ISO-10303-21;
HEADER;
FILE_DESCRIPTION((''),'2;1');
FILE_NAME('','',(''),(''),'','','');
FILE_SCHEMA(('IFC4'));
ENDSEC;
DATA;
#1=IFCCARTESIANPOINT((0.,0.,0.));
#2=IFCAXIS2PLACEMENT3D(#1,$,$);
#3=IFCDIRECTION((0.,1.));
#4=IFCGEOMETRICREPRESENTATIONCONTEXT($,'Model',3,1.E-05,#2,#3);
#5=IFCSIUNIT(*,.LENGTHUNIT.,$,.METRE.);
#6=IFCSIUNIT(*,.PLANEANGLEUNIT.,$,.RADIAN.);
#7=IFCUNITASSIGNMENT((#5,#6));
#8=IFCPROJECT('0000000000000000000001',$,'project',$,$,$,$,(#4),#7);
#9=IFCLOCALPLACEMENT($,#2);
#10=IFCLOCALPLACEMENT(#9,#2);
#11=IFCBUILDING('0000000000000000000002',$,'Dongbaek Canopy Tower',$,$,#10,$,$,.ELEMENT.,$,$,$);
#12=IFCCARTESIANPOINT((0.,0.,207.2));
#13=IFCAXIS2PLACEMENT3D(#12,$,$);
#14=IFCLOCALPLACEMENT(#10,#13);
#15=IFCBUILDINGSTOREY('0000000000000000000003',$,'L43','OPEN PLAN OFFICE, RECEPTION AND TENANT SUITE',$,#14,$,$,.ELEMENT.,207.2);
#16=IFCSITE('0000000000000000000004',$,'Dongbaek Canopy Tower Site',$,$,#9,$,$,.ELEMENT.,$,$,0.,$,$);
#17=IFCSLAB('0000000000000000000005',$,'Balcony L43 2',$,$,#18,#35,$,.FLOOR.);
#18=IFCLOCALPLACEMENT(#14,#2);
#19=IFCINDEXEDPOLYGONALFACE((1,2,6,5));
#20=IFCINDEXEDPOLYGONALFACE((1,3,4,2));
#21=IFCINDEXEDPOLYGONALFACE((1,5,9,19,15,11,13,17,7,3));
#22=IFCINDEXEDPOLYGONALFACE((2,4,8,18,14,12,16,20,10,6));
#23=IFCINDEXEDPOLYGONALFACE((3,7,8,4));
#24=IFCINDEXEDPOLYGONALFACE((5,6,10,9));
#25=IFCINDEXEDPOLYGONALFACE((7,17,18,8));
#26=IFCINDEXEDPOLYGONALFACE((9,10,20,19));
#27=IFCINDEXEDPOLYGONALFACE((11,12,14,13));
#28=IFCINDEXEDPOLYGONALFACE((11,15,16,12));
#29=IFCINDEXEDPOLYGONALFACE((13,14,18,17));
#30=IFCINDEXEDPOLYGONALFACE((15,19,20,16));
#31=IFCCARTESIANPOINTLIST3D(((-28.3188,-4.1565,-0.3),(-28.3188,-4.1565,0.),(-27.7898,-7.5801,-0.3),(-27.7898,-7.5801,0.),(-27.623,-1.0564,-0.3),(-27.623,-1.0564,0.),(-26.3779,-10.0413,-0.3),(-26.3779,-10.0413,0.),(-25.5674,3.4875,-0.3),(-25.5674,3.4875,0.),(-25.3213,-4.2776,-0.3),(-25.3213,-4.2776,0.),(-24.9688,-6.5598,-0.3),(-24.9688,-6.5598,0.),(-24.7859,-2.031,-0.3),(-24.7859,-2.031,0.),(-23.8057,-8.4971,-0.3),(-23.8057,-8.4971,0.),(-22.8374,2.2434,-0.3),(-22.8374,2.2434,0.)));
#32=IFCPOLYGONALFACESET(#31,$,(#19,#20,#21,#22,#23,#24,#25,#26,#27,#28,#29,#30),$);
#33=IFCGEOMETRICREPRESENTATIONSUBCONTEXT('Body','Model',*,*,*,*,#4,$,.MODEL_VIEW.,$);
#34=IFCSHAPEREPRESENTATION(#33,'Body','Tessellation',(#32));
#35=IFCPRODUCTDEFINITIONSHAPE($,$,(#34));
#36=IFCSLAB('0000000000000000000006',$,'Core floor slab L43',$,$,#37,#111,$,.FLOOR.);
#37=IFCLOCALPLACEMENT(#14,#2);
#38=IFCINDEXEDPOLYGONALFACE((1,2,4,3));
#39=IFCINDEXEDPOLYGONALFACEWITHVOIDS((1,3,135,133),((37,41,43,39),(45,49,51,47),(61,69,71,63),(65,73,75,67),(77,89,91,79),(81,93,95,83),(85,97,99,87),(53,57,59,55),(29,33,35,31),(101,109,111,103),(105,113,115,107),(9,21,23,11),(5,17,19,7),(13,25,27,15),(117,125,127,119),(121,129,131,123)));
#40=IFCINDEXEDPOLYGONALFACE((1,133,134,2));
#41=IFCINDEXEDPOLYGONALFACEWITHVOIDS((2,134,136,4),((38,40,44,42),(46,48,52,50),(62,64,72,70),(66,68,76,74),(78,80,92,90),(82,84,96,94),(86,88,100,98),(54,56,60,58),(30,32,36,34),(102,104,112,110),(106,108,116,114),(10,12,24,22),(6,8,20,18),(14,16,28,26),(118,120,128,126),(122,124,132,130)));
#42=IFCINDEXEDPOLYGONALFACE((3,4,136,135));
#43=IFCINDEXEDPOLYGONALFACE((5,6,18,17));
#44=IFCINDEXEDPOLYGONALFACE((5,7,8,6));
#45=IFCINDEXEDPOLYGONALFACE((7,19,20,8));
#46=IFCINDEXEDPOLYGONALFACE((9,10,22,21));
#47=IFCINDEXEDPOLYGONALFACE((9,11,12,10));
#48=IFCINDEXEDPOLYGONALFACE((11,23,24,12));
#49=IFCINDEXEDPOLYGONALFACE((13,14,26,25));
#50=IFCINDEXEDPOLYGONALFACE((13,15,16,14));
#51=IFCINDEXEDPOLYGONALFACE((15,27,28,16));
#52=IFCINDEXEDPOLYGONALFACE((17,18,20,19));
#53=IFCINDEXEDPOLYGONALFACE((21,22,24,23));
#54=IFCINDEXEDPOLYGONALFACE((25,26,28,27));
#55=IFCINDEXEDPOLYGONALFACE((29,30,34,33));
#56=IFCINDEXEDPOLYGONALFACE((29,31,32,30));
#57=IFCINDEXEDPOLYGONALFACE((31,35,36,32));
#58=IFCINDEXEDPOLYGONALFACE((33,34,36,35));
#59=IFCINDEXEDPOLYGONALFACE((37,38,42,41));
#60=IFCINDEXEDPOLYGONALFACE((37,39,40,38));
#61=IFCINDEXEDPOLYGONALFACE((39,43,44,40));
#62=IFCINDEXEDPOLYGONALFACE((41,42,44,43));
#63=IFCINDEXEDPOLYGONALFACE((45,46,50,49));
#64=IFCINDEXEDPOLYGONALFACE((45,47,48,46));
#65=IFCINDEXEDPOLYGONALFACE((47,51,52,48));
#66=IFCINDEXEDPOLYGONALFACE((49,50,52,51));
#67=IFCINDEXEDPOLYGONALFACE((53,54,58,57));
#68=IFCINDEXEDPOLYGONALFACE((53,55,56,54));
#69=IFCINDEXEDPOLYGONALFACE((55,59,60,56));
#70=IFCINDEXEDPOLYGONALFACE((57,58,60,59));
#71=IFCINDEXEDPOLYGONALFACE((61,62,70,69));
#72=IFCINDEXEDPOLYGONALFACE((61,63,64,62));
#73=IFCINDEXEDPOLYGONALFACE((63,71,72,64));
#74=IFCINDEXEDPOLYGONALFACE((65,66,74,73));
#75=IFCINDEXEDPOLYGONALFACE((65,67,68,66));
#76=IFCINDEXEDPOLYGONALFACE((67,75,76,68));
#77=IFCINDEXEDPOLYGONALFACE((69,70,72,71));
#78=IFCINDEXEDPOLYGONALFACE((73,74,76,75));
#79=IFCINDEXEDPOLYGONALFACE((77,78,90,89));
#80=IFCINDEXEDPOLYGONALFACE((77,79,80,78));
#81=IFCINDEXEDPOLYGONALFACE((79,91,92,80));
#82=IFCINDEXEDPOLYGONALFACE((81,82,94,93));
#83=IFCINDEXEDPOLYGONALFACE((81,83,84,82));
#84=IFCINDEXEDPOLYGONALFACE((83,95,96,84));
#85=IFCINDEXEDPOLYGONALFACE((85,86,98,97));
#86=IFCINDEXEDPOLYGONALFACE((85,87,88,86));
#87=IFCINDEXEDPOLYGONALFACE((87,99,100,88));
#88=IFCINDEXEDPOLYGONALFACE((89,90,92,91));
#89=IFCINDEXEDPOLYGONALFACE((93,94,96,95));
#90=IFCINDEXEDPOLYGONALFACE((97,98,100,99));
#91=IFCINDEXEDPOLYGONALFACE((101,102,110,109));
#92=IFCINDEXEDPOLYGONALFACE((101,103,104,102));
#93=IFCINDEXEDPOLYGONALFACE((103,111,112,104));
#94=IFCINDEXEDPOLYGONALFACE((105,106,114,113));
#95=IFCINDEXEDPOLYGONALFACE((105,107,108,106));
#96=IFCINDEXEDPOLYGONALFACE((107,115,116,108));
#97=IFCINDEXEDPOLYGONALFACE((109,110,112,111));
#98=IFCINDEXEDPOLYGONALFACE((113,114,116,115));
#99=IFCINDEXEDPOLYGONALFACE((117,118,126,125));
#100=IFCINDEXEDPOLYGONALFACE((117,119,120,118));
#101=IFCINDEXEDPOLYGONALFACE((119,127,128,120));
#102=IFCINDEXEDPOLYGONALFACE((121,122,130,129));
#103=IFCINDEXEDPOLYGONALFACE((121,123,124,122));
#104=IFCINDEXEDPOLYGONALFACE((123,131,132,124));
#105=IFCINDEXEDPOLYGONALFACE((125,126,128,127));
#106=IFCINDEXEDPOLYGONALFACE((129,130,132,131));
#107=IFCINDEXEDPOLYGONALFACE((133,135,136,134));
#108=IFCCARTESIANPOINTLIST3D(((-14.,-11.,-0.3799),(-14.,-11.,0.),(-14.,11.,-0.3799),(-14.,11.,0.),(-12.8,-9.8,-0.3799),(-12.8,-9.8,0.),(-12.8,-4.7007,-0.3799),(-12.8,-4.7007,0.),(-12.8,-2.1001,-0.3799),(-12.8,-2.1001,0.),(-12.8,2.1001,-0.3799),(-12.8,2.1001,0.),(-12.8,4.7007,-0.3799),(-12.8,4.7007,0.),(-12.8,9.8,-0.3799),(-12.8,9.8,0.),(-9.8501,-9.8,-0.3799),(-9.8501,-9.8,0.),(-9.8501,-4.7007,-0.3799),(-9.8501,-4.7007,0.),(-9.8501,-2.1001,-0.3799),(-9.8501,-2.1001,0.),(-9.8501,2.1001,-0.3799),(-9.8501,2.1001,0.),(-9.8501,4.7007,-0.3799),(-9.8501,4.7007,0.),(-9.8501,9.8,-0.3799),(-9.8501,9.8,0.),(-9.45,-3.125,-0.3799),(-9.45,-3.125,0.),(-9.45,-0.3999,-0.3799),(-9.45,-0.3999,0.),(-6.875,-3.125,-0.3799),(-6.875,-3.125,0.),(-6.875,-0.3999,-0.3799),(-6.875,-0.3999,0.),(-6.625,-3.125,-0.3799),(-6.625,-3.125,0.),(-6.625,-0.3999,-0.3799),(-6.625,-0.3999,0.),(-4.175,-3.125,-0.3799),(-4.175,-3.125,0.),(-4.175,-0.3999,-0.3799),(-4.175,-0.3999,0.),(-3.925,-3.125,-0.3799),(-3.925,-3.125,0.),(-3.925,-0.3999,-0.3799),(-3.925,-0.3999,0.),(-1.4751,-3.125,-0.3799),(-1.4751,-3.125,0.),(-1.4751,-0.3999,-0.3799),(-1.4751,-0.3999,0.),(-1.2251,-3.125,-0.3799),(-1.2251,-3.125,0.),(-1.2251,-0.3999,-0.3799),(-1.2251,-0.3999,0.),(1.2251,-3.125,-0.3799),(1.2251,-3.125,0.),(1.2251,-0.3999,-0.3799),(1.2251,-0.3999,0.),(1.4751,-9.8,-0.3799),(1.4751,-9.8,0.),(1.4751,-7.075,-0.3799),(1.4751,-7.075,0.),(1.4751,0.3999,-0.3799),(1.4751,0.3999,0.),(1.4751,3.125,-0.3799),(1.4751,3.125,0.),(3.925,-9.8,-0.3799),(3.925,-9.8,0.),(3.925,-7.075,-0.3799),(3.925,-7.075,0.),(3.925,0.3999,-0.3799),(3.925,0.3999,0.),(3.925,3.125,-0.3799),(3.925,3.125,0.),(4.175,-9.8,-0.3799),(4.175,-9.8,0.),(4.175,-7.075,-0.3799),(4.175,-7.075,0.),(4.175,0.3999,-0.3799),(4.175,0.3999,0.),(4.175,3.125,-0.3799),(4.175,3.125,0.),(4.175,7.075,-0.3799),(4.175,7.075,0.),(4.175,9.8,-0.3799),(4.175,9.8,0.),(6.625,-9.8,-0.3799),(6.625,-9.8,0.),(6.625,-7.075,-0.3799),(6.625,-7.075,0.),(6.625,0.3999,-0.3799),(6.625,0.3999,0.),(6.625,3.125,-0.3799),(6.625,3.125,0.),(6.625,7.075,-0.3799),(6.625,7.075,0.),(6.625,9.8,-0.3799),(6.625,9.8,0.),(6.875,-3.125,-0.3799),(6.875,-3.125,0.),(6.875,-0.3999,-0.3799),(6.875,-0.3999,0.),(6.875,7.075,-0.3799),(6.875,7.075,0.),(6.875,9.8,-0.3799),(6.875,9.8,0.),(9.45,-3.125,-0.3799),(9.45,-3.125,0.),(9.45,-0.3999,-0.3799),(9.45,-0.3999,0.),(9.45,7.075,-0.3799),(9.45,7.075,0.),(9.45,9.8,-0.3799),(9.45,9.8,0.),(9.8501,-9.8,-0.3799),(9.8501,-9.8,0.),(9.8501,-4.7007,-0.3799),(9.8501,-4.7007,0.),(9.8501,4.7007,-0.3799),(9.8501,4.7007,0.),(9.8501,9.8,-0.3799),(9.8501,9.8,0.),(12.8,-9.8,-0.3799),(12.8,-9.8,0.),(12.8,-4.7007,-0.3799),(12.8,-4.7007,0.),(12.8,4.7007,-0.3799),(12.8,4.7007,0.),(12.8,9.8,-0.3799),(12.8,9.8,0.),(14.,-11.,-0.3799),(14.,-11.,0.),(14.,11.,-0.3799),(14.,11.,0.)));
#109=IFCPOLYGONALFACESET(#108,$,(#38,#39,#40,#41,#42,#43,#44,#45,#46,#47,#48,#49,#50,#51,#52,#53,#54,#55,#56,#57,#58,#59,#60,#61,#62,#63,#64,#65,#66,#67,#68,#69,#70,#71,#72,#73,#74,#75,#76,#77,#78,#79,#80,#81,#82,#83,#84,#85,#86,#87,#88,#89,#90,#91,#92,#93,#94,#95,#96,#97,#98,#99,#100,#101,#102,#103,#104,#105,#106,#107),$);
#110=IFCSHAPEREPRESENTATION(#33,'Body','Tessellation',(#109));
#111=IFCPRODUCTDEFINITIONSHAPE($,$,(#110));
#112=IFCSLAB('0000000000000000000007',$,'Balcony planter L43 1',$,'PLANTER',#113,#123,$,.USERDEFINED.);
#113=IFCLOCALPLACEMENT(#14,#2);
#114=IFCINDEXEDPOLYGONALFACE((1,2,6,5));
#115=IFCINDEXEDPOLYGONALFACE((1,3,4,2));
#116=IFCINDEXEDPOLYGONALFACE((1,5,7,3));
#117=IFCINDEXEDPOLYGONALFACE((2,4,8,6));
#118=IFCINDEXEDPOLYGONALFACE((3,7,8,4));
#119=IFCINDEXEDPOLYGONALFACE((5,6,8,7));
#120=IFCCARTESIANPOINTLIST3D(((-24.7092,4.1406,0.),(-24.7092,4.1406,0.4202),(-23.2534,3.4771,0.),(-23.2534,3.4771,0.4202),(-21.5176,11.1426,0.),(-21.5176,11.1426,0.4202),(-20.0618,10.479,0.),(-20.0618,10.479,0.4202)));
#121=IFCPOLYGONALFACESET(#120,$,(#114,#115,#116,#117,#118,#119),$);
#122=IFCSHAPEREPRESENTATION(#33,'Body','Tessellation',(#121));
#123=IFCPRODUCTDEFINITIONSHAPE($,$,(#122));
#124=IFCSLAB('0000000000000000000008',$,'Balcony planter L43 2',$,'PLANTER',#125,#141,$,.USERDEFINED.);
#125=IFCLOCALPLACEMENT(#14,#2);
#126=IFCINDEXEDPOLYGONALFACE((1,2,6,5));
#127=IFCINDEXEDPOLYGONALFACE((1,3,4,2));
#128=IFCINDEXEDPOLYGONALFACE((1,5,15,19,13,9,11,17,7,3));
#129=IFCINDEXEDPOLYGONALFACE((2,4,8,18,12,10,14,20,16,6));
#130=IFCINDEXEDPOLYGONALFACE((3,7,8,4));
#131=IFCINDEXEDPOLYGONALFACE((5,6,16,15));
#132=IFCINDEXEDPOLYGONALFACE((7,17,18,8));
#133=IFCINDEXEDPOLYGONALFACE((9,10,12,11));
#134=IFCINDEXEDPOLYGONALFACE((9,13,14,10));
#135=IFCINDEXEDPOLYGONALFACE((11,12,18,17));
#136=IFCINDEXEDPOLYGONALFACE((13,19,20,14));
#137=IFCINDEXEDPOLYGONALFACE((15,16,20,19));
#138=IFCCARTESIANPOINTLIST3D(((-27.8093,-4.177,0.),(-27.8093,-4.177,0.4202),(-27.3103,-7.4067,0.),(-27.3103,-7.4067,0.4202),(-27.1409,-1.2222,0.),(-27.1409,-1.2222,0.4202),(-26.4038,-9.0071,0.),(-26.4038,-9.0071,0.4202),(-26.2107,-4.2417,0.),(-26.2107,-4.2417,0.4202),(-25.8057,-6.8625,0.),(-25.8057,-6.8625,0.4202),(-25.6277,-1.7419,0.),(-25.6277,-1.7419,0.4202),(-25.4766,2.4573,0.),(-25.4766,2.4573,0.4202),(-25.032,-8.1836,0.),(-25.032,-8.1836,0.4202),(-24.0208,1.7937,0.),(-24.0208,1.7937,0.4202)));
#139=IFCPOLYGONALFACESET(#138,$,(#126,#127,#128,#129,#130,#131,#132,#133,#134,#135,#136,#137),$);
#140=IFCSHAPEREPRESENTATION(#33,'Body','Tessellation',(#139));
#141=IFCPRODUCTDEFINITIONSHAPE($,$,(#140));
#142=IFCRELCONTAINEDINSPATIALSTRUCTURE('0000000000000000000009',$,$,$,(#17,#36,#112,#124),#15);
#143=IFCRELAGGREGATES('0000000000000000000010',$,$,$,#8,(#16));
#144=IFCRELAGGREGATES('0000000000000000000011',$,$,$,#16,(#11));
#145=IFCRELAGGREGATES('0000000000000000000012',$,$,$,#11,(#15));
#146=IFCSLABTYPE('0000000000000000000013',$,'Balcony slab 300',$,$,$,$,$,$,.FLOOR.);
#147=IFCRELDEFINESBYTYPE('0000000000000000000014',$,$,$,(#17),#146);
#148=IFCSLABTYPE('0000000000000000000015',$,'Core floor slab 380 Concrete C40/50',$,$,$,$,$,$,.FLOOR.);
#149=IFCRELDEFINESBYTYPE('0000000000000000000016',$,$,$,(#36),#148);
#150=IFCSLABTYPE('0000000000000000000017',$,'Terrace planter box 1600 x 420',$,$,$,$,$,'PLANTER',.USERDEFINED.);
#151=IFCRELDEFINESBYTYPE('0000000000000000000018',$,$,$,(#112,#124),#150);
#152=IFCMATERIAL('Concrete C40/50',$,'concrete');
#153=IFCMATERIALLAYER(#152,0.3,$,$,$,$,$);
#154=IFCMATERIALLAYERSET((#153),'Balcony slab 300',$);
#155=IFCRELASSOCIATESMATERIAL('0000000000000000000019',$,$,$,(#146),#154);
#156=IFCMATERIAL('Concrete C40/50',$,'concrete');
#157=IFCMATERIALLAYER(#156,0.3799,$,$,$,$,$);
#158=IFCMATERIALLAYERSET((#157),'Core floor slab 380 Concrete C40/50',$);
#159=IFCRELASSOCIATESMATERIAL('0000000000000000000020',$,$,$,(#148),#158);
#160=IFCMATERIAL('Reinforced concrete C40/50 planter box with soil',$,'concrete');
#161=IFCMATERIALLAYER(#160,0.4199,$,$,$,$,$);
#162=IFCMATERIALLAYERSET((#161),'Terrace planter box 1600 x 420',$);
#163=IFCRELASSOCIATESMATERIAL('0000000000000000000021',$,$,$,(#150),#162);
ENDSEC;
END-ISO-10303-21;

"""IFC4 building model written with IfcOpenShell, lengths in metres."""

from ifc_helpers import new_model, si_unit, direction, frame, origin, place, context, subcontext, project, spatial, polyline, outline, extrude, material, layer, layer_set, type_object, element, save


model = new_model("IFC4")

# Units and contexts
model_context = context("Model", 3, precision=1e-05, world=origin(), true_north=direction((0.0, 1.0)))
body_context = subcontext(model_context, "Body", "Model", "MODEL_VIEW")
ifc_project = project(units=[si_unit("LENGTHUNIT", "METRE"), si_unit("PLANEANGLEUNIT", "RADIAN")], contexts=[model_context])

# Site, building, storey
site_placement = place(None, origin())
site = spatial("IfcSite", under=ifc_project, at=site_placement, Name="Dongbaek Canopy Tower Site", CompositionType="ELEMENT", RefElevation=0.0)
building_placement = place(site_placement, origin())
building = spatial("IfcBuilding", under=site, at=building_placement, Name="Dongbaek Canopy Tower", CompositionType="ELEMENT")
storey_placement = place(building_placement, frame((0.0, 0.0, 207.2)))
storey = spatial("IfcBuildingStorey", under=building, at=storey_placement, Name="L43", Description="OPEN PLAN OFFICE, RECEPTION AND TENANT SUITE", CompositionType="ELEMENT", Elevation=207.2)

# Slabs
ifc_material_1 = material(Name="Concrete C40/50", Category="concrete")
ifc_layer_1 = layer(ifc_material_1, 0.3)
ifc_layer_set_1 = layer_set([ifc_layer_1], Name="Balcony slab 300")
slab_type_1 = type_object("IfcSlabType", Name="Balcony slab 300", PredefinedType="FLOOR", material=ifc_layer_set_1)
slab_1_placement = place(storey_placement, frame((0.0, 0.0, -0.3)))
element("IfcSlab", 1, at=slab_1_placement, inside=storey, type_object=slab_type_1, Name="Balcony L43 2", PredefinedType="FLOOR", context=body_context, shape_type="SweptSolid", body=[
    extrude(outline(polyline([(-22.8374, 2.2434), (-24.7859, -2.031), (-25.3213, -4.2776), (-24.9688, -6.5598), (-23.8057, -8.4971), (-26.3779, -10.0413), (-27.7898, -7.5801), (-28.3188, -4.1565), (-27.623, -1.0564), (-25.5674, 3.4875), (-22.8374, 2.2434)])), origin(), (0.0, 0.0, 1.0), 0.3),
])
ifc_material_2 = material(Name="Concrete C40/50", Category="concrete")
ifc_layer_2 = layer(ifc_material_2, 0.3799)
ifc_layer_set_2 = layer_set([ifc_layer_2], Name="Core floor slab 380 Concrete C40/50")
slab_type_2 = type_object("IfcSlabType", Name="Core floor slab 380 Concrete C40/50", PredefinedType="FLOOR", material=ifc_layer_set_2)
slab_2_placement = place(storey_placement, frame((0.0, 0.0, -0.3799)))
element("IfcSlab", 2, at=slab_2_placement, inside=storey, type_object=slab_type_2, Name="Core floor slab L43", PredefinedType="FLOOR", context=body_context, shape_type="SweptSolid", body=[
    extrude(outline(polyline([(14.0, -11.0), (14.0, 11.0), (-14.0, 11.0), (-14.0, -11.0), (14.0, -11.0)]), holes=[polyline([(-12.8, 2.1001), (-9.8501, 2.1001), (-9.8501, -2.1001), (-12.8, -2.1001), (-12.8, 2.1001)]), polyline([(6.625, 9.8), (6.625, 7.075), (4.175, 7.075), (4.175, 9.8), (6.625, 9.8)]), polyline([(9.45, 7.075), (6.875, 7.075), (6.875, 9.8), (9.45, 9.8), (9.45, 7.075)]), polyline([(1.4751, 0.3999), (1.4751, 3.125), (3.925, 3.125), (3.925, 0.3999), (1.4751, 0.3999)]), polyline([(4.175, 0.3999), (4.175, 3.125), (6.625, 3.125), (6.625, 0.3999), (4.175, 0.3999)]), polyline([(-9.45, -0.3999), (-6.875, -0.3999), (-6.875, -3.125), (-9.45, -3.125), (-9.45, -0.3999)]), polyline([(-6.625, -3.125), (-6.625, -0.3999), (-4.175, -0.3999), (-4.175, -3.125), (-6.625, -3.125)]), polyline([(-3.925, -3.125), (-3.925, -0.3999), (-1.4751, -0.3999), (-1.4751, -3.125), (-3.925, -3.125)]), polyline([(-1.2251, -3.125), (-1.2251, -0.3999), (1.2251, -0.3999), (1.2251, -3.125), (-1.2251, -3.125)]), polyline([(9.45, -3.125), (6.875, -3.125), (6.875, -0.3999), (9.45, -0.3999), (9.45, -3.125)]), polyline([(1.4751, -9.8), (1.4751, -7.075), (3.925, -7.075), (3.925, -9.8), (1.4751, -9.8)]), polyline([(4.175, -9.8), (4.175, -7.075), (6.625, -7.075), (6.625, -9.8), (4.175, -9.8)]), polyline([(12.8, 4.7007), (12.8, 9.8), (9.8501, 9.8), (9.8501, 4.7007), (12.8, 4.7007)]), polyline([(-9.8501, 4.7007), (-9.8501, 9.8), (-12.8, 9.8), (-12.8, 4.7007), (-9.8501, 4.7007)]), polyline([(9.8501, -4.7007), (9.8501, -9.8), (12.8, -9.8), (12.8, -4.7007), (9.8501, -4.7007)]), polyline([(-12.8, -4.7007), (-12.8, -9.8), (-9.8501, -9.8), (-9.8501, -4.7007), (-12.8, -4.7007)])]), origin(), (0.0, 0.0, 1.0), 0.3799),
])
ifc_material_3 = material(Name="Reinforced concrete C40/50 planter box with soil", Category="concrete")
ifc_layer_3 = layer(ifc_material_3, 0.4199)
ifc_layer_set_3 = layer_set([ifc_layer_3], Name="Terrace planter box 1600 x 420")
slab_type_3 = type_object("IfcSlabType", Name="Terrace planter box 1600 x 420", ElementType="PLANTER", PredefinedType="USERDEFINED", material=ifc_layer_set_3)
slab_3_placement = place(storey_placement, origin())
element("IfcSlab", 3, at=slab_3_placement, inside=storey, type_object=slab_type_3, Name="Balcony planter L43 1", ObjectType="PLANTER", PredefinedType="USERDEFINED", context=body_context, shape_type="SweptSolid", body=[
    extrude(outline(polyline([(-20.0618, 10.479), (-23.2534, 3.4771), (-24.7092, 4.1406), (-21.5176, 11.1426), (-20.0618, 10.479)])), origin(), (0.0, 0.0, 1.0), 0.4202),
])
slab_4_placement = place(storey_placement, origin())
element("IfcSlab", 4, at=slab_4_placement, inside=storey, type_object=slab_type_3, Name="Balcony planter L43 2", ObjectType="PLANTER", PredefinedType="USERDEFINED", context=body_context, shape_type="SweptSolid", body=[
    extrude(outline(polyline([(-24.0208, 1.7937), (-25.6277, -1.7419), (-26.2107, -4.2417), (-25.8057, -6.8625), (-25.032, -8.1836), (-26.4038, -9.0071), (-27.3103, -7.4067), (-27.8093, -4.177), (-27.1409, -1.2222), (-25.4766, 2.4573), (-24.0208, 1.7937)])), origin(), (0.0, 0.0, 1.0), 0.4202),
])

save(model, "model.ifc")
